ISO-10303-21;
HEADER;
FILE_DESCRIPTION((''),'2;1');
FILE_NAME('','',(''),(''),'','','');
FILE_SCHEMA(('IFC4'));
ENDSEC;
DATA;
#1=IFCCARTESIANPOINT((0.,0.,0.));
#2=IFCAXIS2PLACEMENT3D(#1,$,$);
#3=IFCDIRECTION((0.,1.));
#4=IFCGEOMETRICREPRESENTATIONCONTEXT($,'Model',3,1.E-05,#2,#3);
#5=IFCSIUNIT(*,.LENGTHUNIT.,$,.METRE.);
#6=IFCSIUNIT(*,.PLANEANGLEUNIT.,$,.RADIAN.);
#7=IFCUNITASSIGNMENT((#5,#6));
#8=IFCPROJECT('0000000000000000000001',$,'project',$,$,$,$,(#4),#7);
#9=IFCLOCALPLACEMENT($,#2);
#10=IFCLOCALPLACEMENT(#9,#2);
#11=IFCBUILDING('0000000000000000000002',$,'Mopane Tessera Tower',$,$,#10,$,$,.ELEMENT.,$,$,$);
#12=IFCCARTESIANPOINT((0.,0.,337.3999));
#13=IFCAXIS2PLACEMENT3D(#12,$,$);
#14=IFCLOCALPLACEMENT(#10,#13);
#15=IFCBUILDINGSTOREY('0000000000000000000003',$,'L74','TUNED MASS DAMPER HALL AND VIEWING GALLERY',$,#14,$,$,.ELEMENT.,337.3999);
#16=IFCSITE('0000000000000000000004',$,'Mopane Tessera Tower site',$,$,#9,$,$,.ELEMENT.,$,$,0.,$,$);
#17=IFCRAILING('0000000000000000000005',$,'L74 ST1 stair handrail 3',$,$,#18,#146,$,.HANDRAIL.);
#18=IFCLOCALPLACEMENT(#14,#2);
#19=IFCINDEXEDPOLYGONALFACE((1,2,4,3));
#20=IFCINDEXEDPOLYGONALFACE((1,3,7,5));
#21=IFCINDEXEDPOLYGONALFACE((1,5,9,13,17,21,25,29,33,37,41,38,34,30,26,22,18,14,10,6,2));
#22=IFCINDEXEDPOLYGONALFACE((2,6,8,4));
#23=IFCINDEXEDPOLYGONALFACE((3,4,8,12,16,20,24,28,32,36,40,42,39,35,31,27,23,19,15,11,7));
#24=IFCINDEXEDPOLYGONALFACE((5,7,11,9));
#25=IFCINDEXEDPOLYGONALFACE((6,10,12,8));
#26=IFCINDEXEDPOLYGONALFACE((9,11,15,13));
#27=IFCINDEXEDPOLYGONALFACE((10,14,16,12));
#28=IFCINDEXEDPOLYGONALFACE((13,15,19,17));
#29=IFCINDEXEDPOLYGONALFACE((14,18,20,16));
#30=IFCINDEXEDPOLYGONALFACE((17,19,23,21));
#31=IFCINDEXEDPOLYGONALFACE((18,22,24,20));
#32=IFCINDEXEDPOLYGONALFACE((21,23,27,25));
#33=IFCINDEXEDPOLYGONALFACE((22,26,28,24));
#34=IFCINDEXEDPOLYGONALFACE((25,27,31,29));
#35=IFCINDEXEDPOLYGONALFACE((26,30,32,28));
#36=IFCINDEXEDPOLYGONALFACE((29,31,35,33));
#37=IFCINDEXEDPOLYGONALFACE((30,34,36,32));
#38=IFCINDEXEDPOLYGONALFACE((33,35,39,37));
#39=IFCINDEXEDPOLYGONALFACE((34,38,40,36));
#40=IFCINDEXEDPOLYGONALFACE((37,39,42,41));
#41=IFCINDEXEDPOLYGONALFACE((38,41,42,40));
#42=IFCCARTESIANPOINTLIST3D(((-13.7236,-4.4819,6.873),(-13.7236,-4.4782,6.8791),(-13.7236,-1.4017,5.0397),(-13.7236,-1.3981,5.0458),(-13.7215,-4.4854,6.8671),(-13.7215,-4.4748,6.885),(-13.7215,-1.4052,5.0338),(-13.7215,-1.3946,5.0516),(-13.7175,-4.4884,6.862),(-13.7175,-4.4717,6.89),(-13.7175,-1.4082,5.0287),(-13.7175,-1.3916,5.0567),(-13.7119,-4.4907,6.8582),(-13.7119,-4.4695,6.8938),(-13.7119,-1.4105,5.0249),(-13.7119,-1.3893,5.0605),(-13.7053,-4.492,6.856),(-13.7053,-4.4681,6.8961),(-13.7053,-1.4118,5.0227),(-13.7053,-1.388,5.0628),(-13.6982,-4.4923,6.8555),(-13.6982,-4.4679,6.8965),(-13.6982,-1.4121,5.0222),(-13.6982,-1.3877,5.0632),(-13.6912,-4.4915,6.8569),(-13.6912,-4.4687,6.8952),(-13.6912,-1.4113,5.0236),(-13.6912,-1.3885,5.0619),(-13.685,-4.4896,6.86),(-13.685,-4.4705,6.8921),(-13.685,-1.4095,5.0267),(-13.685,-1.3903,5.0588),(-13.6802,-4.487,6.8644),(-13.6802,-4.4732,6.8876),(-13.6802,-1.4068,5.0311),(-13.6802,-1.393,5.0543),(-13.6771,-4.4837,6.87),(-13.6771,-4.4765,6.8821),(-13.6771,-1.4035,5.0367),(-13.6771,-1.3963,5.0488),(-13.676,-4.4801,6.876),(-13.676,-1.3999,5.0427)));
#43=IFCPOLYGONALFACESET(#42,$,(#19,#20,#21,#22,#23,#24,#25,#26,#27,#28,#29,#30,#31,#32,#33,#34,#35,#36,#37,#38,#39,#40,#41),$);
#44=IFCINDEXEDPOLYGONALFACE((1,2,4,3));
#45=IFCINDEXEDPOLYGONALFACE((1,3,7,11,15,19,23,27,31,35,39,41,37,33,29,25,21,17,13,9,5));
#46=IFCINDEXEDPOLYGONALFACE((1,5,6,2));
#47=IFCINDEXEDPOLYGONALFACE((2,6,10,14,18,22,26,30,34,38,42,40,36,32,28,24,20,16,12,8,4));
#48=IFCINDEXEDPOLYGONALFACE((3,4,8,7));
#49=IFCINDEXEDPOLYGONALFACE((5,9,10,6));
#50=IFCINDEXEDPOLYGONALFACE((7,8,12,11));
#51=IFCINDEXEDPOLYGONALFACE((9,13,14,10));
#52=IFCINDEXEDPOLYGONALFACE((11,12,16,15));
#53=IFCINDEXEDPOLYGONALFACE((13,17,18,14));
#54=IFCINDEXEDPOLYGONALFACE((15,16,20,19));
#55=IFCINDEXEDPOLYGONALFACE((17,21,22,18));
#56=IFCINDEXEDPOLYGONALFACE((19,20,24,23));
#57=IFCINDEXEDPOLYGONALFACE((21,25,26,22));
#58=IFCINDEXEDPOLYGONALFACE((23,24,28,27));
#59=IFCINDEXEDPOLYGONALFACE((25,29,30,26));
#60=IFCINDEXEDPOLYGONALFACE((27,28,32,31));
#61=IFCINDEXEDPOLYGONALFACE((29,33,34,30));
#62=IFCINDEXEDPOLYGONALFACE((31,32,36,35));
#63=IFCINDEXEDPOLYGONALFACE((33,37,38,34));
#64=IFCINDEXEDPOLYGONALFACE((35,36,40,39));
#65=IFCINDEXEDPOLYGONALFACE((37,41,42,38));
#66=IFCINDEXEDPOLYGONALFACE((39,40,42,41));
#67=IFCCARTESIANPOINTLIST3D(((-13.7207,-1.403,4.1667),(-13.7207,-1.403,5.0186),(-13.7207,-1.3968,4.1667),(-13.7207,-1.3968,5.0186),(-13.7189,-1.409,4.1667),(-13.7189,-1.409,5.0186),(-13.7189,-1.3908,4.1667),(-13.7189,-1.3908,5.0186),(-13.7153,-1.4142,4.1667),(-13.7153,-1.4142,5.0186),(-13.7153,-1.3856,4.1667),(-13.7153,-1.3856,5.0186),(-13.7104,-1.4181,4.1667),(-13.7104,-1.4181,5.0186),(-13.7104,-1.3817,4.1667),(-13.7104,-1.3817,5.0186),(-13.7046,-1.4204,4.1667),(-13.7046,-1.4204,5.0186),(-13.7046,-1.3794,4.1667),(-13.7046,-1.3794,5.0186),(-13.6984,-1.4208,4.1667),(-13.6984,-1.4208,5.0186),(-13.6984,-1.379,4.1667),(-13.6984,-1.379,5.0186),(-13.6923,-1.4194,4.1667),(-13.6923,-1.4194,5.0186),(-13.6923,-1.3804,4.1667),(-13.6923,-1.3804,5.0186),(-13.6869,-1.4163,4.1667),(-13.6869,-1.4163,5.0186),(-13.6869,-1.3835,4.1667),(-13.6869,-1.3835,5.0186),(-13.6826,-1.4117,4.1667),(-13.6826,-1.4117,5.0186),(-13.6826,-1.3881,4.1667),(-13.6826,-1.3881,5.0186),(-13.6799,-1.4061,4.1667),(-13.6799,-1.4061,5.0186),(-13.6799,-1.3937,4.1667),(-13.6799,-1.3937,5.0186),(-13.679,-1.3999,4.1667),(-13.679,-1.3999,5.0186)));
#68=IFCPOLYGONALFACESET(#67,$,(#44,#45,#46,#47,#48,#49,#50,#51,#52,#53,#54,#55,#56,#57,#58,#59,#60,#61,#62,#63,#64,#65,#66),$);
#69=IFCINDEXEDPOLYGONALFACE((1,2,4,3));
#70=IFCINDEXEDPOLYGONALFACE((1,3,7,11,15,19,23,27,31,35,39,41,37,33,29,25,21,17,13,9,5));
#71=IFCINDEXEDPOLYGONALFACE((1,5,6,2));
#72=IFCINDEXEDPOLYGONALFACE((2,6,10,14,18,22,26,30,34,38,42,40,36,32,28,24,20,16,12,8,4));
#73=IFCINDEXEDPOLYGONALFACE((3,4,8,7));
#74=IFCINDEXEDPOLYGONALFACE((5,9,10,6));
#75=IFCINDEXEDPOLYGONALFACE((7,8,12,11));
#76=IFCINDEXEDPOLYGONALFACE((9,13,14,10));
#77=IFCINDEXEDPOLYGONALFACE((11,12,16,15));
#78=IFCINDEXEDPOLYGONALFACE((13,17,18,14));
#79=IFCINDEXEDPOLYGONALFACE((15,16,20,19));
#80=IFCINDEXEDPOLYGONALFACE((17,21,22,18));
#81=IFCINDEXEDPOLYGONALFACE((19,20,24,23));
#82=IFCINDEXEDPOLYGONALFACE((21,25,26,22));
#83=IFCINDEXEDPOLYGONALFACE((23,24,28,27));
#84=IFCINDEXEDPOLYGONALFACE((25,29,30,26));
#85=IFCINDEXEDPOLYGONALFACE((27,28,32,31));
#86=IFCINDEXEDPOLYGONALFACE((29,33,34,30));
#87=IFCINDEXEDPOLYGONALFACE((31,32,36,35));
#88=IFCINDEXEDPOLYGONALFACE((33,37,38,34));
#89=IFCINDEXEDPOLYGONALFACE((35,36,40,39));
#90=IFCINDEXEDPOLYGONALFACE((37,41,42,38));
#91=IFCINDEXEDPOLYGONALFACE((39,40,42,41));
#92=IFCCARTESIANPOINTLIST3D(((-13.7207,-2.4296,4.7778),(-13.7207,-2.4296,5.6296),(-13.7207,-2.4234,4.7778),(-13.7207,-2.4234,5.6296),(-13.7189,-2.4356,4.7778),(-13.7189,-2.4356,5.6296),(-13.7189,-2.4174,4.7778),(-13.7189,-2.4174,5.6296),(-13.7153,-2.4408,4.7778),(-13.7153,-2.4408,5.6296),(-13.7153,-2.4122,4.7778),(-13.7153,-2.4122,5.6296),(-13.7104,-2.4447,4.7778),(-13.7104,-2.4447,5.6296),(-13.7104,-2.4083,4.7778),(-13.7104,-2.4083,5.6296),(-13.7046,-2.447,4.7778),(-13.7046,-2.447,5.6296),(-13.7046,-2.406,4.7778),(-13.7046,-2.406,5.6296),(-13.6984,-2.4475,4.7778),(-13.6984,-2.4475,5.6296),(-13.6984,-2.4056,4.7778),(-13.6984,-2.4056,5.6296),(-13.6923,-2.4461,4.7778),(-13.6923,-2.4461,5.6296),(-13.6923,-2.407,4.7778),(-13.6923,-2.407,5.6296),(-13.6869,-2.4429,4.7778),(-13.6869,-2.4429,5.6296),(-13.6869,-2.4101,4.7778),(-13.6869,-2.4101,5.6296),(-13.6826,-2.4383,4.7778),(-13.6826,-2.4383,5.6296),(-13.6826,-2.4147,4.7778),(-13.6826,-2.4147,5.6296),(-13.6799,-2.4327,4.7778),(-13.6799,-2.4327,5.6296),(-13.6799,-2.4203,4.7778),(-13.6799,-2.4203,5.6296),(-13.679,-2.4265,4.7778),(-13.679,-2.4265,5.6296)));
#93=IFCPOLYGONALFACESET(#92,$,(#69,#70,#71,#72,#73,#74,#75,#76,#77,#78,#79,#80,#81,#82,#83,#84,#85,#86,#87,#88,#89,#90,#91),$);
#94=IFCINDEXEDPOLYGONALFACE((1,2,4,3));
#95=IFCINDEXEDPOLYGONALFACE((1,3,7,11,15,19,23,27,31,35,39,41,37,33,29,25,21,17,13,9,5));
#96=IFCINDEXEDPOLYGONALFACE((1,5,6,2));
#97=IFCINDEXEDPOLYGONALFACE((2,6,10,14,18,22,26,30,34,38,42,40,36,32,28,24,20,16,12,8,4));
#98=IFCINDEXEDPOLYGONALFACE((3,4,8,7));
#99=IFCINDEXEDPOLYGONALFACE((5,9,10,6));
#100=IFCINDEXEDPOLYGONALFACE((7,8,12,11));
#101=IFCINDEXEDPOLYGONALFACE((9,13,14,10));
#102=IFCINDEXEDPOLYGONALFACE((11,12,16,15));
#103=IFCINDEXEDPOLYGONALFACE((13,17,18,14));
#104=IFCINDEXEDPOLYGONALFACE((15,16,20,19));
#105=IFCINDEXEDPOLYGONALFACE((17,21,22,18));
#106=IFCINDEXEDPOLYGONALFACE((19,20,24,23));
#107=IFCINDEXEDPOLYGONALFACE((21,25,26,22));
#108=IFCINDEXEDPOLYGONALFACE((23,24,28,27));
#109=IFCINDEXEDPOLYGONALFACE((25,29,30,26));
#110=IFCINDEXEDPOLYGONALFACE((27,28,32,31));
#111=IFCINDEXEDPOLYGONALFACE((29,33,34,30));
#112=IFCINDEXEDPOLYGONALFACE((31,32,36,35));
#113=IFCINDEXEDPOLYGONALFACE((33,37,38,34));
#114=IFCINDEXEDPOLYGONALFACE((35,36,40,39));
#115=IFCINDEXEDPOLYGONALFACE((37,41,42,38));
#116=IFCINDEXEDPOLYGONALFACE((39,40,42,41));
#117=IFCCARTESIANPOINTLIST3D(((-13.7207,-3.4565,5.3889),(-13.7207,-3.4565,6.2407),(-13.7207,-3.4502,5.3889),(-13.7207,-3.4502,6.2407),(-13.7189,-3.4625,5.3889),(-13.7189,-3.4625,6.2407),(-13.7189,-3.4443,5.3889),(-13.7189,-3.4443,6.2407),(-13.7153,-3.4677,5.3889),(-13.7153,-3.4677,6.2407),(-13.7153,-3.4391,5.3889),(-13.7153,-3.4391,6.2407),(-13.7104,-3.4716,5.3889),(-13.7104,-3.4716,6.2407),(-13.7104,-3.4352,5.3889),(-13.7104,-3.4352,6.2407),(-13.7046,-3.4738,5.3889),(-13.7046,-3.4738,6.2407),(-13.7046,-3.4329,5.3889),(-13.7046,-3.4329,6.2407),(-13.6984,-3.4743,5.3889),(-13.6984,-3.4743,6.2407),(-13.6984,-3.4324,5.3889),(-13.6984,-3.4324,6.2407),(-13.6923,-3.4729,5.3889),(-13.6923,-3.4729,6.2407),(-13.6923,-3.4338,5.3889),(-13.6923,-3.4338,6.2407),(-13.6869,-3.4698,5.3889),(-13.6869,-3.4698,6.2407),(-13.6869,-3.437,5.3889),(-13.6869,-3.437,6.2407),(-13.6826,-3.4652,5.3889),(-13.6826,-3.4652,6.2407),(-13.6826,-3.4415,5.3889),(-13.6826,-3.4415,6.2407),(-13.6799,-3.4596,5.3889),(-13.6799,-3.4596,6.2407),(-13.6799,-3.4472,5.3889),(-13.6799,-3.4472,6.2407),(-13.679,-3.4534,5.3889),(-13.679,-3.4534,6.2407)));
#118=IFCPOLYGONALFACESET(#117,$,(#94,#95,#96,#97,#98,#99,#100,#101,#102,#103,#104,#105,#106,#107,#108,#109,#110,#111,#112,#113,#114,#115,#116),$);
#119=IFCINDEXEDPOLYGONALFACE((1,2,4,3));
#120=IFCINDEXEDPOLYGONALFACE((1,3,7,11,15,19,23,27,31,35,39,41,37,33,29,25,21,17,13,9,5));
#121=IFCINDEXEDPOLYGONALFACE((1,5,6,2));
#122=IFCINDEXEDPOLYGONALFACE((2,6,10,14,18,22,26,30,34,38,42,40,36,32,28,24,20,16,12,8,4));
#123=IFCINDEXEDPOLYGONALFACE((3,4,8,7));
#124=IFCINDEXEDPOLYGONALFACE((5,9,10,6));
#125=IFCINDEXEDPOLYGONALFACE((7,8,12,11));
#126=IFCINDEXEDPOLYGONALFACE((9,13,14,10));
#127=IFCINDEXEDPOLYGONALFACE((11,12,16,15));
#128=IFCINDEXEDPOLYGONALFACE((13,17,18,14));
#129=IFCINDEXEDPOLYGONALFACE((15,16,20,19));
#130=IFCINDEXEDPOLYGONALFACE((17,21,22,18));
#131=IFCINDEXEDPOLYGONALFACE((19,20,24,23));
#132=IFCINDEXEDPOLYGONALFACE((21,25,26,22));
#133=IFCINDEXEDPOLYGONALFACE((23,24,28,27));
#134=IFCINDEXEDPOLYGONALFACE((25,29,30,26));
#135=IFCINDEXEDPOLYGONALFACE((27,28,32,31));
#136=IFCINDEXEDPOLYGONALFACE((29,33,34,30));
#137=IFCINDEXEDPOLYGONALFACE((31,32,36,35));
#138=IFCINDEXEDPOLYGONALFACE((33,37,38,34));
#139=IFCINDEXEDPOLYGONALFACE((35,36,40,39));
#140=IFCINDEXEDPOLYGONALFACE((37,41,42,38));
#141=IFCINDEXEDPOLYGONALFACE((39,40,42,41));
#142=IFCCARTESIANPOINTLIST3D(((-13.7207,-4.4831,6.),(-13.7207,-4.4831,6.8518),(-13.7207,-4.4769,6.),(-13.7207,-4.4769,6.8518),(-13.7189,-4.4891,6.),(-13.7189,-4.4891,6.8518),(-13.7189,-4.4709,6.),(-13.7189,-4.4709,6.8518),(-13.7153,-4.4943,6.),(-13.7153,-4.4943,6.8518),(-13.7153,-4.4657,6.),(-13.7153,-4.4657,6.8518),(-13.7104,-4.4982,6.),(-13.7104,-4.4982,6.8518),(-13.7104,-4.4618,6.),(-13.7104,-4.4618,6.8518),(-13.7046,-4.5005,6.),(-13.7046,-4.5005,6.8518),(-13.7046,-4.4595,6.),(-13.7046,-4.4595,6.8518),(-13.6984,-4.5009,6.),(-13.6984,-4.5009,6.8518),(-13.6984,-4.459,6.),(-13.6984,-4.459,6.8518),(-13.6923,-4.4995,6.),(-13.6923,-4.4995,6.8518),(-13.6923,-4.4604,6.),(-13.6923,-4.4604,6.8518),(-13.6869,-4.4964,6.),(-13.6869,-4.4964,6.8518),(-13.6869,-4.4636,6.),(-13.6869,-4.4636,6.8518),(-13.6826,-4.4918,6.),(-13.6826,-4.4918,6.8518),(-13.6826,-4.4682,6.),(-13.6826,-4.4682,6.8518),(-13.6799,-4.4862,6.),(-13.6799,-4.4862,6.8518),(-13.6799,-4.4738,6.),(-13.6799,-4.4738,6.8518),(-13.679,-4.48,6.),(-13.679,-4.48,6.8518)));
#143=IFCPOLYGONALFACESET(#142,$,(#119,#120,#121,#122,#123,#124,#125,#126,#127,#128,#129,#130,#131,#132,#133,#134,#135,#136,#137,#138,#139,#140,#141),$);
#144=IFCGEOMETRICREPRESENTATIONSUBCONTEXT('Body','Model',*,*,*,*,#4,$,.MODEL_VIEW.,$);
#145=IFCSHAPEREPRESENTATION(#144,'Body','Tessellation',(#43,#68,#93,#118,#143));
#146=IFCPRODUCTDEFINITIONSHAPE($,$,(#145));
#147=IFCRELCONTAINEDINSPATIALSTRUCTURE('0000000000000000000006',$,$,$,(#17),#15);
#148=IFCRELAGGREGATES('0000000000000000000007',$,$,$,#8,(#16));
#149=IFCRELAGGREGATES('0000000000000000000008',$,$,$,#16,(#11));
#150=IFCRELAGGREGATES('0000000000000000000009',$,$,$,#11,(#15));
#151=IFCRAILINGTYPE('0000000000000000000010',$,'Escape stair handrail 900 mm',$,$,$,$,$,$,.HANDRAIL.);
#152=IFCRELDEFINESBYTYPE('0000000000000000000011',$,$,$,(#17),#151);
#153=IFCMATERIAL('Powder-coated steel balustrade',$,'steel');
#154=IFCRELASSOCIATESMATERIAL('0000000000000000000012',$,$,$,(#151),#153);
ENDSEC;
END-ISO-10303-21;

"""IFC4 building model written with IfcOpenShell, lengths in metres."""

from ifc_helpers import new_model, si_unit, direction, frame, origin, origin_2d, place, context, subcontext, project, spatial, circle, extrude, material, type_object, element, save


model = new_model("IFC4")

# Units and contexts
model_context = context("Model", 3, precision=1e-05, world=origin(), true_north=direction((0.0, 1.0)))
body_context = subcontext(model_context, "Body", "Model", "MODEL_VIEW")
ifc_project = project(units=[si_unit("LENGTHUNIT", "METRE"), si_unit("PLANEANGLEUNIT", "RADIAN")], contexts=[model_context])

# Site, building, storey
site_placement = place(None, origin())
site = spatial("IfcSite", under=ifc_project, at=site_placement, Name="Mopane Tessera Tower site", CompositionType="ELEMENT", RefElevation=0.0)
building_placement = place(site_placement, origin())
building = spatial("IfcBuilding", under=site, at=building_placement, Name="Mopane Tessera Tower", CompositionType="ELEMENT")
storey_placement = place(building_placement, frame((0.0, 0.0, 337.3999)))
storey = spatial("IfcBuildingStorey", under=building, at=storey_placement, Name="L74", Description="TUNED MASS DAMPER HALL AND VIEWING GALLERY", CompositionType="ELEMENT", Elevation=337.3999)

# Railing
ifc_material_1 = material(Name="Powder-coated steel balustrade", Category="steel")
railing_type_1 = type_object("IfcRailingType", Name="Escape stair handrail 900 mm", PredefinedType="HANDRAIL", material=ifc_material_1)
for number, where, name in (
    (1, (-13.7, -1.3999, 4.1667), "L74 ST1 stair handrail 3"),
):
    element("IfcRailing", number, at=place(storey_placement, frame(where)), inside=storey, type_object=railing_type_1, Name=name, PredefinedType="HANDRAIL", context=body_context, shape_type="SweptSolid", body=[
        extrude(circle(Radius=0.0239, at=origin_2d()), frame((0.0, 0.0, 0.876), z_axis=(0.0, -0.859309, 0.511458), x_axis=(1.0, 0.0, 0.0)), (0.0, 0.0, 1.0), 3.5845),
        extrude(circle(Radius=0.021, at=origin_2d()), origin(), (0.0, 0.0, 1.0), 0.8518),
        extrude(circle(Radius=0.021, at=origin_2d()), frame((0.0, -1.0266, 0.6111)), (0.0, 0.0, 1.0), 0.8518),
        extrude(circle(Radius=0.021, at=origin_2d()), frame((0.0, -2.0535, 1.2222)), (0.0, 0.0, 1.0), 0.8518),
        extrude(circle(Radius=0.021, at=origin_2d()), frame((0.0, -3.0801, 1.8333)), (0.0, 0.0, 1.0), 0.8518),
    ])

save(model, "model.ifc")
